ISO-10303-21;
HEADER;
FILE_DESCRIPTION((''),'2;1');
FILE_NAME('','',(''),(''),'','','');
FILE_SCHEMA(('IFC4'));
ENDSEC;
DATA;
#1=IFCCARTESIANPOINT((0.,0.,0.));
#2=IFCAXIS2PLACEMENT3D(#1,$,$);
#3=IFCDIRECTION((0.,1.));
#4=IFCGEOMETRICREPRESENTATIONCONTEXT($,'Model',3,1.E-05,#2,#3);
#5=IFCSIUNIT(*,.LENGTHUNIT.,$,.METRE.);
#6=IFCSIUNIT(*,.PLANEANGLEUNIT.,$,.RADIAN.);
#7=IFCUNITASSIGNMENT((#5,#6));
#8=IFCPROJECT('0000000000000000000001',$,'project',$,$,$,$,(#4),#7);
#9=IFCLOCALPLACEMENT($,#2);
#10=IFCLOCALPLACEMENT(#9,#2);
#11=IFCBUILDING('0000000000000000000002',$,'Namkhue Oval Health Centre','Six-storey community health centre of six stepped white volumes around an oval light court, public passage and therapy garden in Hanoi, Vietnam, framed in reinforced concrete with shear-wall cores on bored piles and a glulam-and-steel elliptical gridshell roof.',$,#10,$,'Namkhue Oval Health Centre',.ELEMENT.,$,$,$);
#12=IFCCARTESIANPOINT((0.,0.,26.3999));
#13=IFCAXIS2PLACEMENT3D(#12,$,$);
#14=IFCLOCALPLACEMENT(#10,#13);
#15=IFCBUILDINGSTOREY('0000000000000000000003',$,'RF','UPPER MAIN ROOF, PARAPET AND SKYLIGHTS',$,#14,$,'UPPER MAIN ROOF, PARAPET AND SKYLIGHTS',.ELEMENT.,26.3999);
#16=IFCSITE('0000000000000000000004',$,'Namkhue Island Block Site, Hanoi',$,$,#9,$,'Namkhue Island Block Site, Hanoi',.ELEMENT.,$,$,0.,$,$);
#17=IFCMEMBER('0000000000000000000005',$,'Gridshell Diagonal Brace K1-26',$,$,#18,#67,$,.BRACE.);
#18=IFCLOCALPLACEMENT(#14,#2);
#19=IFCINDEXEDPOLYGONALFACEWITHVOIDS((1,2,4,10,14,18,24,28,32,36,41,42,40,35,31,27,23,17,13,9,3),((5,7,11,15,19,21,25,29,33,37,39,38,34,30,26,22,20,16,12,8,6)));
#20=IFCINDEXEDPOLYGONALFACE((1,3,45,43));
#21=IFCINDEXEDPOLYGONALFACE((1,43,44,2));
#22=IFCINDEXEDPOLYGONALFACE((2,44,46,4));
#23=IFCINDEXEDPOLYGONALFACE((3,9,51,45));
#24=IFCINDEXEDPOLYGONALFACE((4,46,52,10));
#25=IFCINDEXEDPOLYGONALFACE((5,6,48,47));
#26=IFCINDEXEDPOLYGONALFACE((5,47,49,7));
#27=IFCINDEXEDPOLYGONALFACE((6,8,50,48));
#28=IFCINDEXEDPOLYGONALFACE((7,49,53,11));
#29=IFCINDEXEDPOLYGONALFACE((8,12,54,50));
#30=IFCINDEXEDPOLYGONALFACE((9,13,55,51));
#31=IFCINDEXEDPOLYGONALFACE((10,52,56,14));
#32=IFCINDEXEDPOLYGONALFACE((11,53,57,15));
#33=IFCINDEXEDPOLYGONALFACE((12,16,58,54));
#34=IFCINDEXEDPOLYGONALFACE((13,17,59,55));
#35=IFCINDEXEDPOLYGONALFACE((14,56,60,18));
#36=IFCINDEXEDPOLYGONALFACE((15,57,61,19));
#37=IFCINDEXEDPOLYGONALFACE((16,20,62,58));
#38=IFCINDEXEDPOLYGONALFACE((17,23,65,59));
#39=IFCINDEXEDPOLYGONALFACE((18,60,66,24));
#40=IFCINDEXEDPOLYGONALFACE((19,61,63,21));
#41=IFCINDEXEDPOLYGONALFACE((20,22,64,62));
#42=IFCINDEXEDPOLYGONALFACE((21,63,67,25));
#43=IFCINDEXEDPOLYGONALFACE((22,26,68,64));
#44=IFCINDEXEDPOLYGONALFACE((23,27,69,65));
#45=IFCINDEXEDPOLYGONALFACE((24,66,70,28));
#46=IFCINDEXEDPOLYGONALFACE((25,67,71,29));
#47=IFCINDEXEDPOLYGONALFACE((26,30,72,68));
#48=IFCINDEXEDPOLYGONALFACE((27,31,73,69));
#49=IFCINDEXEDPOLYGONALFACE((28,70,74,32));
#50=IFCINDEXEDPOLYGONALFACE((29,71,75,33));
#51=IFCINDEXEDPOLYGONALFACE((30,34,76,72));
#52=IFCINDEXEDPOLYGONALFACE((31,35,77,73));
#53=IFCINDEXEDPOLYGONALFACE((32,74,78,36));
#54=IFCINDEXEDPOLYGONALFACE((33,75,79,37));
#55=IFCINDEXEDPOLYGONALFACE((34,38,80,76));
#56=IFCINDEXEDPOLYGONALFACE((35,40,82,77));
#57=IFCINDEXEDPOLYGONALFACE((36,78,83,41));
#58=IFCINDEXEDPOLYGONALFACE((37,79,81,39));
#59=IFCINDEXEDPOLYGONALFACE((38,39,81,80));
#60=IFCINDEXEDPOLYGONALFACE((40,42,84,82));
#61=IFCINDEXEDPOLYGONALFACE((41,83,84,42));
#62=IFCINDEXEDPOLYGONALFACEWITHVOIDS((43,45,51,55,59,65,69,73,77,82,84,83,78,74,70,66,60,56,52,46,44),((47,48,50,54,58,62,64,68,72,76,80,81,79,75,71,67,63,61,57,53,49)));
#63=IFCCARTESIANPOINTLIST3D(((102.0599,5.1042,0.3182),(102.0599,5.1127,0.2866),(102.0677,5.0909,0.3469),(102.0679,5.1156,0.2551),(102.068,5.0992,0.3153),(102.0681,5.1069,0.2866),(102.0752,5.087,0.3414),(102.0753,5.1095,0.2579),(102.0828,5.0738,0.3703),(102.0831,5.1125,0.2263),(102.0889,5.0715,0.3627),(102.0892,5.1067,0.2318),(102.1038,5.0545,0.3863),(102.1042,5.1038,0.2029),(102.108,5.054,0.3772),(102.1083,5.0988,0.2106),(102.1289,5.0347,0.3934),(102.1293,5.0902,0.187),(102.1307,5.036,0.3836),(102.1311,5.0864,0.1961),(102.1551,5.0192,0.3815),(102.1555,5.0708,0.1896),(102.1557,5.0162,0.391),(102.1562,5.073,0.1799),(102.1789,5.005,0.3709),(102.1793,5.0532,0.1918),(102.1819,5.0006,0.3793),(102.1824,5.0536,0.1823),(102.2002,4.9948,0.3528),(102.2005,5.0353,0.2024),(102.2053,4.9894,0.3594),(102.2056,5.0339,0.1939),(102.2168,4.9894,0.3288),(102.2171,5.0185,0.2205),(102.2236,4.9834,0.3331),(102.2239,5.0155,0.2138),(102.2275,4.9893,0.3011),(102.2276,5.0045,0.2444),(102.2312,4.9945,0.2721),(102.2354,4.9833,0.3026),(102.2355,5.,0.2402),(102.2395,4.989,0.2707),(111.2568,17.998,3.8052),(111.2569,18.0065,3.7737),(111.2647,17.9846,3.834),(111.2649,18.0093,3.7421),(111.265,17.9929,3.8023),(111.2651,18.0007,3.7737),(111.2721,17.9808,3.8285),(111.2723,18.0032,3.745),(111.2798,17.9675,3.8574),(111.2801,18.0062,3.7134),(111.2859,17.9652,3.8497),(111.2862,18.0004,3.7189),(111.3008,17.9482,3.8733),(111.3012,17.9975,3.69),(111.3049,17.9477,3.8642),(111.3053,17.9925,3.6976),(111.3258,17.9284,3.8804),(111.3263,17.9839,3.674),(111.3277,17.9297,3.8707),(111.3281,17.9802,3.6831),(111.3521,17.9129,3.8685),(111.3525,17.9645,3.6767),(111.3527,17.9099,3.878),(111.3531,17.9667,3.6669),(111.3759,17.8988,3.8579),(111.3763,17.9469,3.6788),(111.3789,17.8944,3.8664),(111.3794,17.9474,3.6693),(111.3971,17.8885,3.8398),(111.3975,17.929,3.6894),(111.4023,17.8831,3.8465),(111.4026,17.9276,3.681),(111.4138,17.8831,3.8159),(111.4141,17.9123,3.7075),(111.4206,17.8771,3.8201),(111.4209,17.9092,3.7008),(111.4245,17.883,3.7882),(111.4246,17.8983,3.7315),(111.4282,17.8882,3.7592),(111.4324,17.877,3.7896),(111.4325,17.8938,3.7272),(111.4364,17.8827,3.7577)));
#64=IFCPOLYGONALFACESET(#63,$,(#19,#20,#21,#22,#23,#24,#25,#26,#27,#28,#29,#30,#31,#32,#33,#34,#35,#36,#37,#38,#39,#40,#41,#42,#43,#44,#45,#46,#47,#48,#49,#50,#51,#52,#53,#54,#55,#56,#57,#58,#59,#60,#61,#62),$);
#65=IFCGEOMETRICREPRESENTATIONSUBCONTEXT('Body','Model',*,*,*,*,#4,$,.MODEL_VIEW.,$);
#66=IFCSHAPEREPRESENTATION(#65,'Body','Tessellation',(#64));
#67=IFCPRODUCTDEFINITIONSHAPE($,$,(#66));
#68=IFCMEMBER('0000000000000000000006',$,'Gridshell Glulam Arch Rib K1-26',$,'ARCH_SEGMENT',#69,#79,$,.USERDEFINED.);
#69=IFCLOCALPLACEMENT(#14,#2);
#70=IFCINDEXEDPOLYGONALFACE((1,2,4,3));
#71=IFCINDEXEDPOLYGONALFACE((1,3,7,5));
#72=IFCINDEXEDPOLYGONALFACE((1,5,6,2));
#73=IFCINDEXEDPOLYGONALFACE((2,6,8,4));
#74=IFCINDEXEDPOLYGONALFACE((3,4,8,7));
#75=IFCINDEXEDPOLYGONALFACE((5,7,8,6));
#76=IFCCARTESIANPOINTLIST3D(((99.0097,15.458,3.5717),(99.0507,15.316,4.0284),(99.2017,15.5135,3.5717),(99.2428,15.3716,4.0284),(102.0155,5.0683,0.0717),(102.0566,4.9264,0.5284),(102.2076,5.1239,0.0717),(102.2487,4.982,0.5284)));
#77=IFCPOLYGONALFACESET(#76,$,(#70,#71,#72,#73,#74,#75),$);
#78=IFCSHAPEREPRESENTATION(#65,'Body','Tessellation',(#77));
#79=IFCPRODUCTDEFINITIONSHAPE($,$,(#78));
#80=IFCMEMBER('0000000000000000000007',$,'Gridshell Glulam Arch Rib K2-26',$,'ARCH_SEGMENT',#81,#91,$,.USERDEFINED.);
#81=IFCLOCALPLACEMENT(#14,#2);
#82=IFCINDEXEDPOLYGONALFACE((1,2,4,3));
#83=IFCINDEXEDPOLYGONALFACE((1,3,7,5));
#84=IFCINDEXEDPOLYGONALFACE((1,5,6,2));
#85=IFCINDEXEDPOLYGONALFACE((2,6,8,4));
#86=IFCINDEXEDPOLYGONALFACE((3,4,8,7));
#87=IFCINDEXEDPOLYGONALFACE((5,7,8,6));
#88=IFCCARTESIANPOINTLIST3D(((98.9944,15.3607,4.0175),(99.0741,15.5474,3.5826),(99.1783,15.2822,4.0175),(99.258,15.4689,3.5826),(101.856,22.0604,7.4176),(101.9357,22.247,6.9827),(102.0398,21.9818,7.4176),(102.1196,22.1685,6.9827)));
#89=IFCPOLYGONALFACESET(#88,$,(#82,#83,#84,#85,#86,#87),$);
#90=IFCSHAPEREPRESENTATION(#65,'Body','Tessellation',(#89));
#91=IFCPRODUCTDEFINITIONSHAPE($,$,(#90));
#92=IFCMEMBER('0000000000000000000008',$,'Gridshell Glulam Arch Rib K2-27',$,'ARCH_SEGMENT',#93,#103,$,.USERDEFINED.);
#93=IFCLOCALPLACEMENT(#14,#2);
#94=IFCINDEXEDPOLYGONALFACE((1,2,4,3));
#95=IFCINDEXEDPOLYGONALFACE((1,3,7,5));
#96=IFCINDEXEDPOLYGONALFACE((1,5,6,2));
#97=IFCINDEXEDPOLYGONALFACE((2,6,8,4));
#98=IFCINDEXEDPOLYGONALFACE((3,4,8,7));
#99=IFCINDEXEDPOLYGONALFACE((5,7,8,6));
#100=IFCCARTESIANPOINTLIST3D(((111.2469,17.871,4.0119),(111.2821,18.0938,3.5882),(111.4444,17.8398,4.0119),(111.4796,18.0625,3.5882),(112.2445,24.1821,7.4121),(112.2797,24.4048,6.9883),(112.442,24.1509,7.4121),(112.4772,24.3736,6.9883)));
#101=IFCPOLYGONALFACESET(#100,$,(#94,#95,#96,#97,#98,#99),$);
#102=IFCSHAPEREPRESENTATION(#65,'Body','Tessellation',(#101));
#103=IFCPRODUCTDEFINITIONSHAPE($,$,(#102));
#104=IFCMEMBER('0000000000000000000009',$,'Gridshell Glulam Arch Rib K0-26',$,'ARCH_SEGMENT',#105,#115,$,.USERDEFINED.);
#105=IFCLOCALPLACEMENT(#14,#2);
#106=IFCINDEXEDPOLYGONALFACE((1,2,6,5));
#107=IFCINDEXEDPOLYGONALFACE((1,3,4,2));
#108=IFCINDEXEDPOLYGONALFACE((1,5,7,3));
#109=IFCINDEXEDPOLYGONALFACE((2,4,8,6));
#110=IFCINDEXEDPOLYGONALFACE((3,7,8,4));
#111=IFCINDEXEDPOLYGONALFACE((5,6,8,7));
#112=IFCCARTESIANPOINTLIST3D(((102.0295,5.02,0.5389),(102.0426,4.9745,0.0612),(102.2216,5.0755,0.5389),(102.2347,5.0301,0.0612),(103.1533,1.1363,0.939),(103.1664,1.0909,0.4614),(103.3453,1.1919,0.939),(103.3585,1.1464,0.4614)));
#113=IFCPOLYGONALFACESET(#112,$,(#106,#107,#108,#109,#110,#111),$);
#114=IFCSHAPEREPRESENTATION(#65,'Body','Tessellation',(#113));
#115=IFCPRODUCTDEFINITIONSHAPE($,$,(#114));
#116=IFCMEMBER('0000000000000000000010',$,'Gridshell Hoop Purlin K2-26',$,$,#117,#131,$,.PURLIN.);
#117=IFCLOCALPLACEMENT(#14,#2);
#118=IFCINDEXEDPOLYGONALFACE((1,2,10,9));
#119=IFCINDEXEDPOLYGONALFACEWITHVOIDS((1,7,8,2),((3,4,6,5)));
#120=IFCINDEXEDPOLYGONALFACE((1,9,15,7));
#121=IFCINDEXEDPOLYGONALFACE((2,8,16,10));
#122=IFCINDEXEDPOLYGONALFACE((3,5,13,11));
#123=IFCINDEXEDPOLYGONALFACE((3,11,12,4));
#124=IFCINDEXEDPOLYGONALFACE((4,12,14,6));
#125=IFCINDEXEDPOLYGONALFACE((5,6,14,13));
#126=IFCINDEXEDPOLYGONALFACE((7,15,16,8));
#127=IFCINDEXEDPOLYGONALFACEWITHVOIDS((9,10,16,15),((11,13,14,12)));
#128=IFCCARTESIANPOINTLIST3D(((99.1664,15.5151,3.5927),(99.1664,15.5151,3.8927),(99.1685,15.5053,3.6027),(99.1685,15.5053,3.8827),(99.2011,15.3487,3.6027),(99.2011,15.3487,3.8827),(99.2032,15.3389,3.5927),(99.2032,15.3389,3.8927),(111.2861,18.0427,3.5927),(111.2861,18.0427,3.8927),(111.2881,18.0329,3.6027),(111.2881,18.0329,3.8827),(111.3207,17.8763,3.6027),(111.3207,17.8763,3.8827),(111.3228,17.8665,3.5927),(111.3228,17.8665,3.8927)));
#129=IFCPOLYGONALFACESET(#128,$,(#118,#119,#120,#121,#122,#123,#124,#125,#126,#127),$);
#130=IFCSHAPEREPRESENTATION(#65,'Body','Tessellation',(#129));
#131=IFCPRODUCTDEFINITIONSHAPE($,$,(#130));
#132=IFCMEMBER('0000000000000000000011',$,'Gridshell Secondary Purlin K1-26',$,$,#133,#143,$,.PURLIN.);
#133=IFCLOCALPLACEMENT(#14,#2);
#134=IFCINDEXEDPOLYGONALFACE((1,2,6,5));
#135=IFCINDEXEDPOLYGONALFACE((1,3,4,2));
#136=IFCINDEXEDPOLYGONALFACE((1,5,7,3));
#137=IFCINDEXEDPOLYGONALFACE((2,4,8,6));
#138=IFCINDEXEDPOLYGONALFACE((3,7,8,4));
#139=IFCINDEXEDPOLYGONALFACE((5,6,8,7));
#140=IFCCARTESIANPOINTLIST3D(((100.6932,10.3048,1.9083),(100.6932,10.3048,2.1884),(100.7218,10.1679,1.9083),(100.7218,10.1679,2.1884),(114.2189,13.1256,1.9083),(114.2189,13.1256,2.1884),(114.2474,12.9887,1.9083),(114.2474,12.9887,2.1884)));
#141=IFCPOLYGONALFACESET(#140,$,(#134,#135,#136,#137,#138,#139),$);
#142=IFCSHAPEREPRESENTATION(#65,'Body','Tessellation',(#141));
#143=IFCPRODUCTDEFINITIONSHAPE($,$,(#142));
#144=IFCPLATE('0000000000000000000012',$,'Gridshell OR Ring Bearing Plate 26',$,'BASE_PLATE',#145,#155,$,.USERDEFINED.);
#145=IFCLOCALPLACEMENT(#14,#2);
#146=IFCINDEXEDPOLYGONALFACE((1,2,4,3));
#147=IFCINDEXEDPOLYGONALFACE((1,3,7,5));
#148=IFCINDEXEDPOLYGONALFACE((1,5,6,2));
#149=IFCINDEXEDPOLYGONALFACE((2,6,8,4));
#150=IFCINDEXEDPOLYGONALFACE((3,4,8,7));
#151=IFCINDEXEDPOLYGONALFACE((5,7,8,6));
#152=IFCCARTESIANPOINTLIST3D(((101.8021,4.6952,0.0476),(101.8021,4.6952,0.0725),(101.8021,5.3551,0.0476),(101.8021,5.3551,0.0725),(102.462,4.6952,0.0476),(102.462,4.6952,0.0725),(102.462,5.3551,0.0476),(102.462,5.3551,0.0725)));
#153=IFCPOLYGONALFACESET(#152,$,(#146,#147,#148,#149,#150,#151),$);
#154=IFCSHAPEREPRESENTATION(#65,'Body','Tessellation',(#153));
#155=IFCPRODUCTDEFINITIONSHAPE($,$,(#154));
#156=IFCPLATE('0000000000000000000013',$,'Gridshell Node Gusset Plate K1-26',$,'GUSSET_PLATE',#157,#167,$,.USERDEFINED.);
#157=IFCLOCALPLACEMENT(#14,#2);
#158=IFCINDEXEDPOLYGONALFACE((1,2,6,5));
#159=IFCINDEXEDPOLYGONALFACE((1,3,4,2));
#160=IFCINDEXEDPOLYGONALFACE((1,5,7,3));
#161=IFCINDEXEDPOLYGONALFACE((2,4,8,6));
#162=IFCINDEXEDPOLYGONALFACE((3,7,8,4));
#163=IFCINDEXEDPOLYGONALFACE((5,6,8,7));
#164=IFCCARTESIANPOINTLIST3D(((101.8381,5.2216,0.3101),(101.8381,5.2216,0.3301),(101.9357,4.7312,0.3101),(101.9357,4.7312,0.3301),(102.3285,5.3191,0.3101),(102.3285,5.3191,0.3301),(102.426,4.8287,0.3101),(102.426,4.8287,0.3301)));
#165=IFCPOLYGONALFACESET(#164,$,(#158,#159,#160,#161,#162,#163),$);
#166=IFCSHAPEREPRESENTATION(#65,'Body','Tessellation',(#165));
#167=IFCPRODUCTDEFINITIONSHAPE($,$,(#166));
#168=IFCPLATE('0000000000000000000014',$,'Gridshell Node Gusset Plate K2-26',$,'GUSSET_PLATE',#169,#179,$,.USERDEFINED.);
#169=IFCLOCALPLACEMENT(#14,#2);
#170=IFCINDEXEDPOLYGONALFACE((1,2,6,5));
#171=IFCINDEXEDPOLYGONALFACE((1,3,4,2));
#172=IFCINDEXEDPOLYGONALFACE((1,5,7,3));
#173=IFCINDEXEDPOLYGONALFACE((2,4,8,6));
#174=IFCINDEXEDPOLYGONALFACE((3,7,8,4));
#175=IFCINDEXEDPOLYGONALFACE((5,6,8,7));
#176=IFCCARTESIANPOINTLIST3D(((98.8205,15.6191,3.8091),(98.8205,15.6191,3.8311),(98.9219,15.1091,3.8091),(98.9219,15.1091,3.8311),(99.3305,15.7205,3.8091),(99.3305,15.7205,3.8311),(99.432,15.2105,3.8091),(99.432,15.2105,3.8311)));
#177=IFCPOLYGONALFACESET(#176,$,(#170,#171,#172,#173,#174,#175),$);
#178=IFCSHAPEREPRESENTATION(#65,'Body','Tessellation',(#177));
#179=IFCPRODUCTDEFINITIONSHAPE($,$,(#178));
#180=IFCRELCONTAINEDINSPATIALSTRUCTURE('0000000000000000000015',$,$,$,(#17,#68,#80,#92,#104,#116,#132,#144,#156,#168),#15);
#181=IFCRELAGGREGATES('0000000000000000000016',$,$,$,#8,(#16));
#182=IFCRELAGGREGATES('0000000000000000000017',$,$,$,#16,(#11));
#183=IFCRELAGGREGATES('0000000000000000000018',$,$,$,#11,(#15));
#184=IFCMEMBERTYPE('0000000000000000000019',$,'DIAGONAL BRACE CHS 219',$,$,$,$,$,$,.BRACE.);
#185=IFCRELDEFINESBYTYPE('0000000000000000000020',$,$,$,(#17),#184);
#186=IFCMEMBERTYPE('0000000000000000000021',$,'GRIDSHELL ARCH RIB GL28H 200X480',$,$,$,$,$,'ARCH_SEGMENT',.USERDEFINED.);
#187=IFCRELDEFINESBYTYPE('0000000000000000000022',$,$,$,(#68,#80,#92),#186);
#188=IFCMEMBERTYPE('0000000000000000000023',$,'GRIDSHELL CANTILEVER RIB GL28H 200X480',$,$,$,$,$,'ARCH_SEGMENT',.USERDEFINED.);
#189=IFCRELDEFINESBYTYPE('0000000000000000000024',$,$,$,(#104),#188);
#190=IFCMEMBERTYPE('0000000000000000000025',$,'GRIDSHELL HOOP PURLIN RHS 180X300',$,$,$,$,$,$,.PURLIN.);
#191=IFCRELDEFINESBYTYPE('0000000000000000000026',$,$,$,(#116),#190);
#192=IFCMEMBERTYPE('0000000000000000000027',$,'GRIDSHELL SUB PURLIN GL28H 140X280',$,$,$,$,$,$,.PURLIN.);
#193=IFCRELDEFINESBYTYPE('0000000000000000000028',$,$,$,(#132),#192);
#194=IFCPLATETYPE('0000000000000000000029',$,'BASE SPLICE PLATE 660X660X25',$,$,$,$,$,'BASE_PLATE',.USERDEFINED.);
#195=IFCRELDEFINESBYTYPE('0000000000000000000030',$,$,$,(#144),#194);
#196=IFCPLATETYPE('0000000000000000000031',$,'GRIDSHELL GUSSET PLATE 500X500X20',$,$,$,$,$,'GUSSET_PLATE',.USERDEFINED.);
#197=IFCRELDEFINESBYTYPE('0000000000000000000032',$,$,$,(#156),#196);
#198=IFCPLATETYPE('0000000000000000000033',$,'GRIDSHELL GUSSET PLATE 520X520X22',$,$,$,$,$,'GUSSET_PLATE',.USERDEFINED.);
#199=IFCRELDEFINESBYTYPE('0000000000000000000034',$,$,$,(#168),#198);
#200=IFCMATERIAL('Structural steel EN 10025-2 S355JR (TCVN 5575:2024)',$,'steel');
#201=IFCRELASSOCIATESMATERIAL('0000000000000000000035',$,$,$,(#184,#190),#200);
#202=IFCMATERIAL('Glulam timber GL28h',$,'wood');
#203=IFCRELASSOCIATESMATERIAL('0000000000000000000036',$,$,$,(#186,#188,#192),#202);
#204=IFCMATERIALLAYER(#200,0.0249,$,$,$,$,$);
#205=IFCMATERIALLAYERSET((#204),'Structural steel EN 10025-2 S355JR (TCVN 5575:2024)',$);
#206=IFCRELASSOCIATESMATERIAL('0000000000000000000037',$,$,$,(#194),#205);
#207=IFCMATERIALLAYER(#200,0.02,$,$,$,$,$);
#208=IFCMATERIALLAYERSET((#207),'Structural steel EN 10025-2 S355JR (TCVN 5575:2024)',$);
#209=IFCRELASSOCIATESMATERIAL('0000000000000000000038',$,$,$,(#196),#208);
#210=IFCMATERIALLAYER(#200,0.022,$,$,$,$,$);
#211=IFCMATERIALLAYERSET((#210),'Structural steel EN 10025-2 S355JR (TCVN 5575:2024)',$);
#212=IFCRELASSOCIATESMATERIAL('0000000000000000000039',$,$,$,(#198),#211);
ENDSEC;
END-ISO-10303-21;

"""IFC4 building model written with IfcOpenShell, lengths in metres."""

from ifc_helpers import new_model, si_unit, direction, frame, origin, origin_2d, place, context, subcontext, project, spatial, rectangle, hollow_rectangle, hollow_circle, extrude, material, layer, layer_set, material_profile, profile_set, type_object, element, save


model = new_model("IFC4")

# Units and contexts
model_context = context("Model", 3, precision=1e-05, world=origin(), true_north=direction((0.0, 1.0)))
body_context = subcontext(model_context, "Body", "Model", "MODEL_VIEW")
ifc_project = project(units=[si_unit("LENGTHUNIT", "METRE"), si_unit("PLANEANGLEUNIT", "RADIAN")], contexts=[model_context])

# Site, building, storey
site_placement = place(None, origin())
site = spatial("IfcSite", under=ifc_project, at=site_placement, Name="Namkhue Island Block Site, Hanoi", LongName="Namkhue Island Block Site, Hanoi", CompositionType="ELEMENT", RefElevation=0.0)
building_placement = place(site_placement, origin())
building = spatial("IfcBuilding", under=site, at=building_placement, Name="Namkhue Oval Health Centre", Description="Six-storey community health centre of six stepped white volumes around an oval light court, public passage and therapy garden in Hanoi, Vietnam, framed in reinforced concrete with shear-wall cores on bored piles and a glulam-and-steel elliptical gridshell roof.", LongName="Namkhue Oval Health Centre", CompositionType="ELEMENT")
storey_placement = place(building_placement, frame((0.0, 0.0, 26.3999)))
storey = spatial("IfcBuildingStorey", under=building, at=storey_placement, Name="RF", Description="UPPER MAIN ROOF, PARAPET AND SKYLIGHTS", LongName="UPPER MAIN ROOF, PARAPET AND SKYLIGHTS", CompositionType="ELEMENT", Elevation=26.3999)

# Members
ifc_material_1 = material(Name="Structural steel EN 10025-2 S355JR (TCVN 5575:2024)", Category="steel")
ifc_material_profile_1 = material_profile(ifc_material_1, hollow_circle(Radius=0.1096, WallThickness=0.01, at=origin_2d()), Name="CHS 219.1x10")
ifc_profile_set_1 = profile_set([ifc_material_profile_1], Name="Structural steel EN 10025-2 S355JR (TCVN 5575:2024)")
member_type_1 = type_object("IfcMemberType", Name="DIAGONAL BRACE CHS 219", PredefinedType="BRACE", material=ifc_profile_set_1)
member_1_placement = place(storey_placement, frame((102.1492, 5.0491, 0.2866), z_axis=(0.567118, 0.795073, 0.215023), x_axis=(-0.814117, 0.580701, 0.0)))
element("IfcMember", 1, at=member_1_placement, inside=storey, type_object=member_type_1, Name="Gridshell Diagonal Brace K1-26", PredefinedType="BRACE", context=body_context, shape_type="SweptSolid", body=[
    extrude(hollow_circle(Radius=0.1096, WallThickness=0.01, at=origin_2d()), origin(), (0.0, 0.0, 1.0), 16.217),
])
ifc_material_2 = material(Name="Glulam timber GL28h", Category="wood")
ifc_material_profile_2 = material_profile(ifc_material_2, rectangle(XDim=0.2, YDim=0.48, at=origin_2d()), Name="GL28h 200x480")
ifc_profile_set_2 = profile_set([ifc_material_profile_2], Name="Glulam timber GL28h")
member_type_2 = type_object("IfcMemberType", Name="GRIDSHELL ARCH RIB GL28H 200X480", ElementType="ARCH_SEGMENT", PredefinedType="USERDEFINED", material=ifc_profile_set_2)
member_2_placement = place(storey_placement, frame((102.1321, 5.0251, 0.3), z_axis=(-0.264416, 0.913943, 0.307883), x_axis=(-0.960606, -0.277916, 0.0)))
element("IfcMember", 2, at=member_2_placement, inside=storey, type_object=member_type_2, Name="Gridshell Glulam Arch Rib K1-26", ObjectType="ARCH_SEGMENT", PredefinedType="USERDEFINED", context=body_context, shape_type="SweptSolid", body=[
    extrude(rectangle(XDim=0.2, YDim=0.48, at=origin_2d()), origin(), (0.0, 0.0, 1.0), 11.3679),
])
member_3_placement = place(storey_placement, frame((99.1262, 15.4148, 3.8), z_axis=(0.355933, 0.833335, 0.422923), x_axis=(-0.919628, 0.392791, 0.0)))
element("IfcMember", 3, at=member_3_placement, inside=storey, type_object=member_type_2, Name="Gridshell Glulam Arch Rib K2-26", ObjectType="ARCH_SEGMENT", PredefinedType="USERDEFINED", context=body_context, shape_type="SweptSolid", body=[
    extrude(rectangle(XDim=0.2, YDim=0.48, at=origin_2d()), origin(), (0.0, 0.0, 1.0), 8.0396),
])
member_4_placement = place(storey_placement, frame((111.3633, 17.9668, 3.8), z_axis=(0.137827, 0.871959, 0.469778), x_axis=(-0.987737, 0.156127, 0.0)))
element("IfcMember", 4, at=member_4_placement, inside=storey, type_object=member_type_2, Name="Gridshell Glulam Arch Rib K2-27", ObjectType="ARCH_SEGMENT", PredefinedType="USERDEFINED", context=body_context, shape_type="SweptSolid", body=[
    extrude(rectangle(XDim=0.2, YDim=0.48, at=origin_2d()), origin(), (0.0, 0.0, 1.0), 7.2378),
])
ifc_material_profile_3 = material_profile(ifc_material_2, rectangle(XDim=0.2, YDim=0.48, at=origin_2d()), Name="GL28h 200x480")
ifc_profile_set_3 = profile_set([ifc_material_profile_3], Name="Glulam timber GL28h")
member_type_3 = type_object("IfcMemberType", Name="GRIDSHELL CANTILEVER RIB GL28H 200X480", ElementType="ARCH_SEGMENT", PredefinedType="USERDEFINED", material=ifc_profile_set_3)
member_5_placement = place(storey_placement, frame((103.2559, 1.1414, 0.7002), z_axis=(-0.276598, 0.955925, -0.098489), x_axis=(-0.960596, -0.27795, 0.0)))
element("IfcMember", 5, at=member_5_placement, inside=storey, type_object=member_type_3, Name="Gridshell Glulam Arch Rib K0-26", ObjectType="ARCH_SEGMENT", PredefinedType="USERDEFINED", context=body_context, shape_type="SweptSolid", body=[
    extrude(rectangle(XDim=0.2, YDim=0.48, at=origin_2d()), origin(), (0.0, 0.0, 1.0), 4.0627),
])
ifc_material_profile_4 = material_profile(ifc_material_1, hollow_rectangle(XDim=0.1799, YDim=0.3, WallThickness=0.01, at=origin_2d()), Name="RHS 180x300x10")
ifc_profile_set_4 = profile_set([ifc_material_profile_4], Name="Structural steel EN 10025-2 S355JR (TCVN 5575:2024)")
member_type_4 = type_object("IfcMemberType", Name="GRIDSHELL HOOP PURLIN RHS 180X300", PredefinedType="PURLIN", material=ifc_profile_set_4)
member_6_placement = place(storey_placement, frame((99.1848, 15.427, 3.7427), z_axis=(0.978937, 0.204161, 0.0), x_axis=(-0.204161, 0.978937, 0.0)))
element("IfcMember", 6, at=member_6_placement, inside=storey, type_object=member_type_4, Name="Gridshell Hoop Purlin K2-26", PredefinedType="PURLIN", context=body_context, shape_type="SweptSolid", body=[
    extrude(hollow_rectangle(XDim=0.1799, YDim=0.3, WallThickness=0.01, at=origin_2d()), origin(), (0.0, 0.0, 1.0), 12.3804),
])
ifc_material_profile_5 = material_profile(ifc_material_2, rectangle(XDim=0.1399, YDim=0.28, at=origin_2d()), Name="GL28h 140x280")
ifc_profile_set_5 = profile_set([ifc_material_profile_5], Name="Glulam timber GL28h")
member_type_5 = type_object("IfcMemberType", Name="GRIDSHELL SUB PURLIN GL28H 140X280", PredefinedType="PURLIN", material=ifc_profile_set_5)
member_7_placement = place(storey_placement, frame((100.7075, 10.2363, 2.0483), z_axis=(0.978938, 0.20416, 0.0), x_axis=(-0.20416, 0.978938, 0.0)))
element("IfcMember", 7, at=member_7_placement, inside=storey, type_object=member_type_5, Name="Gridshell Secondary Purlin K1-26", PredefinedType="PURLIN", context=body_context, shape_type="SweptSolid", body=[
    extrude(rectangle(XDim=0.1399, YDim=0.28, at=origin_2d()), origin(), (0.0, 0.0, 1.0), 13.8167),
])

# Plates
ifc_layer_1 = layer(ifc_material_1, 0.0249)
ifc_layer_set_1 = layer_set([ifc_layer_1], Name="Structural steel EN 10025-2 S355JR (TCVN 5575:2024)")
plate_type_1 = type_object("IfcPlateType", Name="BASE SPLICE PLATE 660X660X25", ElementType="BASE_PLATE", PredefinedType="USERDEFINED", material=ifc_layer_set_1)
plate_1_placement = place(storey_placement, frame((102.1321, 5.0251, 0.0476), z_axis=(0.0, 0.0, 1.0), x_axis=(1.0, 0.0, 0.0)))
element("IfcPlate", 8, at=plate_1_placement, inside=storey, type_object=plate_type_1, Name="Gridshell OR Ring Bearing Plate 26", ObjectType="BASE_PLATE", PredefinedType="USERDEFINED", context=body_context, shape_type="SweptSolid", body=[
    extrude(rectangle(XDim=0.6599, YDim=0.6599, at=origin_2d()), origin(), (0.0, 0.0, 1.0), 0.0249),
])
ifc_layer_2 = layer(ifc_material_1, 0.02)
ifc_layer_set_2 = layer_set([ifc_layer_2], Name="Structural steel EN 10025-2 S355JR (TCVN 5575:2024)")
plate_type_2 = type_object("IfcPlateType", Name="GRIDSHELL GUSSET PLATE 500X500X20", ElementType="GUSSET_PLATE", PredefinedType="USERDEFINED", material=ifc_layer_set_2)
plate_2_placement = place(storey_placement, frame((102.1321, 5.0251, 0.3101), z_axis=(0.0, 0.0, 1.0), x_axis=(0.19509, -0.980785, 0.0)))
element("IfcPlate", 9, at=plate_2_placement, inside=storey, type_object=plate_type_2, Name="Gridshell Node Gusset Plate K1-26", ObjectType="GUSSET_PLATE", PredefinedType="USERDEFINED", context=body_context, shape_type="SweptSolid", body=[
    extrude(rectangle(XDim=0.5, YDim=0.5, at=origin_2d()), origin(), (0.0, 0.0, 1.0), 0.02),
])
ifc_layer_3 = layer(ifc_material_1, 0.022)
ifc_layer_set_3 = layer_set([ifc_layer_3], Name="Structural steel EN 10025-2 S355JR (TCVN 5575:2024)")
plate_type_3 = type_object("IfcPlateType", Name="GRIDSHELL GUSSET PLATE 520X520X22", ElementType="GUSSET_PLATE", PredefinedType="USERDEFINED", material=ifc_layer_set_3)
for number, where, z_axis, x_axis, name in (
    (10, (99.1262, 15.4148, 3.8091), (0.0, 0.0, 1.0), (0.19509, -0.980785, 0.0), "Gridshell Node Gusset Plate K2-26"),
):
    element("IfcPlate", number, at=place(storey_placement, frame(where, z_axis=z_axis, x_axis=x_axis)), inside=storey, type_object=plate_type_3, Name=name, ObjectType="GUSSET_PLATE", PredefinedType="USERDEFINED", context=body_context, shape_type="SweptSolid", body=[
        extrude(rectangle(XDim=0.52, YDim=0.52, at=origin_2d()), origin(), (0.0, 0.0, 1.0), 0.022),
    ])

save(model, "model.ifc")
